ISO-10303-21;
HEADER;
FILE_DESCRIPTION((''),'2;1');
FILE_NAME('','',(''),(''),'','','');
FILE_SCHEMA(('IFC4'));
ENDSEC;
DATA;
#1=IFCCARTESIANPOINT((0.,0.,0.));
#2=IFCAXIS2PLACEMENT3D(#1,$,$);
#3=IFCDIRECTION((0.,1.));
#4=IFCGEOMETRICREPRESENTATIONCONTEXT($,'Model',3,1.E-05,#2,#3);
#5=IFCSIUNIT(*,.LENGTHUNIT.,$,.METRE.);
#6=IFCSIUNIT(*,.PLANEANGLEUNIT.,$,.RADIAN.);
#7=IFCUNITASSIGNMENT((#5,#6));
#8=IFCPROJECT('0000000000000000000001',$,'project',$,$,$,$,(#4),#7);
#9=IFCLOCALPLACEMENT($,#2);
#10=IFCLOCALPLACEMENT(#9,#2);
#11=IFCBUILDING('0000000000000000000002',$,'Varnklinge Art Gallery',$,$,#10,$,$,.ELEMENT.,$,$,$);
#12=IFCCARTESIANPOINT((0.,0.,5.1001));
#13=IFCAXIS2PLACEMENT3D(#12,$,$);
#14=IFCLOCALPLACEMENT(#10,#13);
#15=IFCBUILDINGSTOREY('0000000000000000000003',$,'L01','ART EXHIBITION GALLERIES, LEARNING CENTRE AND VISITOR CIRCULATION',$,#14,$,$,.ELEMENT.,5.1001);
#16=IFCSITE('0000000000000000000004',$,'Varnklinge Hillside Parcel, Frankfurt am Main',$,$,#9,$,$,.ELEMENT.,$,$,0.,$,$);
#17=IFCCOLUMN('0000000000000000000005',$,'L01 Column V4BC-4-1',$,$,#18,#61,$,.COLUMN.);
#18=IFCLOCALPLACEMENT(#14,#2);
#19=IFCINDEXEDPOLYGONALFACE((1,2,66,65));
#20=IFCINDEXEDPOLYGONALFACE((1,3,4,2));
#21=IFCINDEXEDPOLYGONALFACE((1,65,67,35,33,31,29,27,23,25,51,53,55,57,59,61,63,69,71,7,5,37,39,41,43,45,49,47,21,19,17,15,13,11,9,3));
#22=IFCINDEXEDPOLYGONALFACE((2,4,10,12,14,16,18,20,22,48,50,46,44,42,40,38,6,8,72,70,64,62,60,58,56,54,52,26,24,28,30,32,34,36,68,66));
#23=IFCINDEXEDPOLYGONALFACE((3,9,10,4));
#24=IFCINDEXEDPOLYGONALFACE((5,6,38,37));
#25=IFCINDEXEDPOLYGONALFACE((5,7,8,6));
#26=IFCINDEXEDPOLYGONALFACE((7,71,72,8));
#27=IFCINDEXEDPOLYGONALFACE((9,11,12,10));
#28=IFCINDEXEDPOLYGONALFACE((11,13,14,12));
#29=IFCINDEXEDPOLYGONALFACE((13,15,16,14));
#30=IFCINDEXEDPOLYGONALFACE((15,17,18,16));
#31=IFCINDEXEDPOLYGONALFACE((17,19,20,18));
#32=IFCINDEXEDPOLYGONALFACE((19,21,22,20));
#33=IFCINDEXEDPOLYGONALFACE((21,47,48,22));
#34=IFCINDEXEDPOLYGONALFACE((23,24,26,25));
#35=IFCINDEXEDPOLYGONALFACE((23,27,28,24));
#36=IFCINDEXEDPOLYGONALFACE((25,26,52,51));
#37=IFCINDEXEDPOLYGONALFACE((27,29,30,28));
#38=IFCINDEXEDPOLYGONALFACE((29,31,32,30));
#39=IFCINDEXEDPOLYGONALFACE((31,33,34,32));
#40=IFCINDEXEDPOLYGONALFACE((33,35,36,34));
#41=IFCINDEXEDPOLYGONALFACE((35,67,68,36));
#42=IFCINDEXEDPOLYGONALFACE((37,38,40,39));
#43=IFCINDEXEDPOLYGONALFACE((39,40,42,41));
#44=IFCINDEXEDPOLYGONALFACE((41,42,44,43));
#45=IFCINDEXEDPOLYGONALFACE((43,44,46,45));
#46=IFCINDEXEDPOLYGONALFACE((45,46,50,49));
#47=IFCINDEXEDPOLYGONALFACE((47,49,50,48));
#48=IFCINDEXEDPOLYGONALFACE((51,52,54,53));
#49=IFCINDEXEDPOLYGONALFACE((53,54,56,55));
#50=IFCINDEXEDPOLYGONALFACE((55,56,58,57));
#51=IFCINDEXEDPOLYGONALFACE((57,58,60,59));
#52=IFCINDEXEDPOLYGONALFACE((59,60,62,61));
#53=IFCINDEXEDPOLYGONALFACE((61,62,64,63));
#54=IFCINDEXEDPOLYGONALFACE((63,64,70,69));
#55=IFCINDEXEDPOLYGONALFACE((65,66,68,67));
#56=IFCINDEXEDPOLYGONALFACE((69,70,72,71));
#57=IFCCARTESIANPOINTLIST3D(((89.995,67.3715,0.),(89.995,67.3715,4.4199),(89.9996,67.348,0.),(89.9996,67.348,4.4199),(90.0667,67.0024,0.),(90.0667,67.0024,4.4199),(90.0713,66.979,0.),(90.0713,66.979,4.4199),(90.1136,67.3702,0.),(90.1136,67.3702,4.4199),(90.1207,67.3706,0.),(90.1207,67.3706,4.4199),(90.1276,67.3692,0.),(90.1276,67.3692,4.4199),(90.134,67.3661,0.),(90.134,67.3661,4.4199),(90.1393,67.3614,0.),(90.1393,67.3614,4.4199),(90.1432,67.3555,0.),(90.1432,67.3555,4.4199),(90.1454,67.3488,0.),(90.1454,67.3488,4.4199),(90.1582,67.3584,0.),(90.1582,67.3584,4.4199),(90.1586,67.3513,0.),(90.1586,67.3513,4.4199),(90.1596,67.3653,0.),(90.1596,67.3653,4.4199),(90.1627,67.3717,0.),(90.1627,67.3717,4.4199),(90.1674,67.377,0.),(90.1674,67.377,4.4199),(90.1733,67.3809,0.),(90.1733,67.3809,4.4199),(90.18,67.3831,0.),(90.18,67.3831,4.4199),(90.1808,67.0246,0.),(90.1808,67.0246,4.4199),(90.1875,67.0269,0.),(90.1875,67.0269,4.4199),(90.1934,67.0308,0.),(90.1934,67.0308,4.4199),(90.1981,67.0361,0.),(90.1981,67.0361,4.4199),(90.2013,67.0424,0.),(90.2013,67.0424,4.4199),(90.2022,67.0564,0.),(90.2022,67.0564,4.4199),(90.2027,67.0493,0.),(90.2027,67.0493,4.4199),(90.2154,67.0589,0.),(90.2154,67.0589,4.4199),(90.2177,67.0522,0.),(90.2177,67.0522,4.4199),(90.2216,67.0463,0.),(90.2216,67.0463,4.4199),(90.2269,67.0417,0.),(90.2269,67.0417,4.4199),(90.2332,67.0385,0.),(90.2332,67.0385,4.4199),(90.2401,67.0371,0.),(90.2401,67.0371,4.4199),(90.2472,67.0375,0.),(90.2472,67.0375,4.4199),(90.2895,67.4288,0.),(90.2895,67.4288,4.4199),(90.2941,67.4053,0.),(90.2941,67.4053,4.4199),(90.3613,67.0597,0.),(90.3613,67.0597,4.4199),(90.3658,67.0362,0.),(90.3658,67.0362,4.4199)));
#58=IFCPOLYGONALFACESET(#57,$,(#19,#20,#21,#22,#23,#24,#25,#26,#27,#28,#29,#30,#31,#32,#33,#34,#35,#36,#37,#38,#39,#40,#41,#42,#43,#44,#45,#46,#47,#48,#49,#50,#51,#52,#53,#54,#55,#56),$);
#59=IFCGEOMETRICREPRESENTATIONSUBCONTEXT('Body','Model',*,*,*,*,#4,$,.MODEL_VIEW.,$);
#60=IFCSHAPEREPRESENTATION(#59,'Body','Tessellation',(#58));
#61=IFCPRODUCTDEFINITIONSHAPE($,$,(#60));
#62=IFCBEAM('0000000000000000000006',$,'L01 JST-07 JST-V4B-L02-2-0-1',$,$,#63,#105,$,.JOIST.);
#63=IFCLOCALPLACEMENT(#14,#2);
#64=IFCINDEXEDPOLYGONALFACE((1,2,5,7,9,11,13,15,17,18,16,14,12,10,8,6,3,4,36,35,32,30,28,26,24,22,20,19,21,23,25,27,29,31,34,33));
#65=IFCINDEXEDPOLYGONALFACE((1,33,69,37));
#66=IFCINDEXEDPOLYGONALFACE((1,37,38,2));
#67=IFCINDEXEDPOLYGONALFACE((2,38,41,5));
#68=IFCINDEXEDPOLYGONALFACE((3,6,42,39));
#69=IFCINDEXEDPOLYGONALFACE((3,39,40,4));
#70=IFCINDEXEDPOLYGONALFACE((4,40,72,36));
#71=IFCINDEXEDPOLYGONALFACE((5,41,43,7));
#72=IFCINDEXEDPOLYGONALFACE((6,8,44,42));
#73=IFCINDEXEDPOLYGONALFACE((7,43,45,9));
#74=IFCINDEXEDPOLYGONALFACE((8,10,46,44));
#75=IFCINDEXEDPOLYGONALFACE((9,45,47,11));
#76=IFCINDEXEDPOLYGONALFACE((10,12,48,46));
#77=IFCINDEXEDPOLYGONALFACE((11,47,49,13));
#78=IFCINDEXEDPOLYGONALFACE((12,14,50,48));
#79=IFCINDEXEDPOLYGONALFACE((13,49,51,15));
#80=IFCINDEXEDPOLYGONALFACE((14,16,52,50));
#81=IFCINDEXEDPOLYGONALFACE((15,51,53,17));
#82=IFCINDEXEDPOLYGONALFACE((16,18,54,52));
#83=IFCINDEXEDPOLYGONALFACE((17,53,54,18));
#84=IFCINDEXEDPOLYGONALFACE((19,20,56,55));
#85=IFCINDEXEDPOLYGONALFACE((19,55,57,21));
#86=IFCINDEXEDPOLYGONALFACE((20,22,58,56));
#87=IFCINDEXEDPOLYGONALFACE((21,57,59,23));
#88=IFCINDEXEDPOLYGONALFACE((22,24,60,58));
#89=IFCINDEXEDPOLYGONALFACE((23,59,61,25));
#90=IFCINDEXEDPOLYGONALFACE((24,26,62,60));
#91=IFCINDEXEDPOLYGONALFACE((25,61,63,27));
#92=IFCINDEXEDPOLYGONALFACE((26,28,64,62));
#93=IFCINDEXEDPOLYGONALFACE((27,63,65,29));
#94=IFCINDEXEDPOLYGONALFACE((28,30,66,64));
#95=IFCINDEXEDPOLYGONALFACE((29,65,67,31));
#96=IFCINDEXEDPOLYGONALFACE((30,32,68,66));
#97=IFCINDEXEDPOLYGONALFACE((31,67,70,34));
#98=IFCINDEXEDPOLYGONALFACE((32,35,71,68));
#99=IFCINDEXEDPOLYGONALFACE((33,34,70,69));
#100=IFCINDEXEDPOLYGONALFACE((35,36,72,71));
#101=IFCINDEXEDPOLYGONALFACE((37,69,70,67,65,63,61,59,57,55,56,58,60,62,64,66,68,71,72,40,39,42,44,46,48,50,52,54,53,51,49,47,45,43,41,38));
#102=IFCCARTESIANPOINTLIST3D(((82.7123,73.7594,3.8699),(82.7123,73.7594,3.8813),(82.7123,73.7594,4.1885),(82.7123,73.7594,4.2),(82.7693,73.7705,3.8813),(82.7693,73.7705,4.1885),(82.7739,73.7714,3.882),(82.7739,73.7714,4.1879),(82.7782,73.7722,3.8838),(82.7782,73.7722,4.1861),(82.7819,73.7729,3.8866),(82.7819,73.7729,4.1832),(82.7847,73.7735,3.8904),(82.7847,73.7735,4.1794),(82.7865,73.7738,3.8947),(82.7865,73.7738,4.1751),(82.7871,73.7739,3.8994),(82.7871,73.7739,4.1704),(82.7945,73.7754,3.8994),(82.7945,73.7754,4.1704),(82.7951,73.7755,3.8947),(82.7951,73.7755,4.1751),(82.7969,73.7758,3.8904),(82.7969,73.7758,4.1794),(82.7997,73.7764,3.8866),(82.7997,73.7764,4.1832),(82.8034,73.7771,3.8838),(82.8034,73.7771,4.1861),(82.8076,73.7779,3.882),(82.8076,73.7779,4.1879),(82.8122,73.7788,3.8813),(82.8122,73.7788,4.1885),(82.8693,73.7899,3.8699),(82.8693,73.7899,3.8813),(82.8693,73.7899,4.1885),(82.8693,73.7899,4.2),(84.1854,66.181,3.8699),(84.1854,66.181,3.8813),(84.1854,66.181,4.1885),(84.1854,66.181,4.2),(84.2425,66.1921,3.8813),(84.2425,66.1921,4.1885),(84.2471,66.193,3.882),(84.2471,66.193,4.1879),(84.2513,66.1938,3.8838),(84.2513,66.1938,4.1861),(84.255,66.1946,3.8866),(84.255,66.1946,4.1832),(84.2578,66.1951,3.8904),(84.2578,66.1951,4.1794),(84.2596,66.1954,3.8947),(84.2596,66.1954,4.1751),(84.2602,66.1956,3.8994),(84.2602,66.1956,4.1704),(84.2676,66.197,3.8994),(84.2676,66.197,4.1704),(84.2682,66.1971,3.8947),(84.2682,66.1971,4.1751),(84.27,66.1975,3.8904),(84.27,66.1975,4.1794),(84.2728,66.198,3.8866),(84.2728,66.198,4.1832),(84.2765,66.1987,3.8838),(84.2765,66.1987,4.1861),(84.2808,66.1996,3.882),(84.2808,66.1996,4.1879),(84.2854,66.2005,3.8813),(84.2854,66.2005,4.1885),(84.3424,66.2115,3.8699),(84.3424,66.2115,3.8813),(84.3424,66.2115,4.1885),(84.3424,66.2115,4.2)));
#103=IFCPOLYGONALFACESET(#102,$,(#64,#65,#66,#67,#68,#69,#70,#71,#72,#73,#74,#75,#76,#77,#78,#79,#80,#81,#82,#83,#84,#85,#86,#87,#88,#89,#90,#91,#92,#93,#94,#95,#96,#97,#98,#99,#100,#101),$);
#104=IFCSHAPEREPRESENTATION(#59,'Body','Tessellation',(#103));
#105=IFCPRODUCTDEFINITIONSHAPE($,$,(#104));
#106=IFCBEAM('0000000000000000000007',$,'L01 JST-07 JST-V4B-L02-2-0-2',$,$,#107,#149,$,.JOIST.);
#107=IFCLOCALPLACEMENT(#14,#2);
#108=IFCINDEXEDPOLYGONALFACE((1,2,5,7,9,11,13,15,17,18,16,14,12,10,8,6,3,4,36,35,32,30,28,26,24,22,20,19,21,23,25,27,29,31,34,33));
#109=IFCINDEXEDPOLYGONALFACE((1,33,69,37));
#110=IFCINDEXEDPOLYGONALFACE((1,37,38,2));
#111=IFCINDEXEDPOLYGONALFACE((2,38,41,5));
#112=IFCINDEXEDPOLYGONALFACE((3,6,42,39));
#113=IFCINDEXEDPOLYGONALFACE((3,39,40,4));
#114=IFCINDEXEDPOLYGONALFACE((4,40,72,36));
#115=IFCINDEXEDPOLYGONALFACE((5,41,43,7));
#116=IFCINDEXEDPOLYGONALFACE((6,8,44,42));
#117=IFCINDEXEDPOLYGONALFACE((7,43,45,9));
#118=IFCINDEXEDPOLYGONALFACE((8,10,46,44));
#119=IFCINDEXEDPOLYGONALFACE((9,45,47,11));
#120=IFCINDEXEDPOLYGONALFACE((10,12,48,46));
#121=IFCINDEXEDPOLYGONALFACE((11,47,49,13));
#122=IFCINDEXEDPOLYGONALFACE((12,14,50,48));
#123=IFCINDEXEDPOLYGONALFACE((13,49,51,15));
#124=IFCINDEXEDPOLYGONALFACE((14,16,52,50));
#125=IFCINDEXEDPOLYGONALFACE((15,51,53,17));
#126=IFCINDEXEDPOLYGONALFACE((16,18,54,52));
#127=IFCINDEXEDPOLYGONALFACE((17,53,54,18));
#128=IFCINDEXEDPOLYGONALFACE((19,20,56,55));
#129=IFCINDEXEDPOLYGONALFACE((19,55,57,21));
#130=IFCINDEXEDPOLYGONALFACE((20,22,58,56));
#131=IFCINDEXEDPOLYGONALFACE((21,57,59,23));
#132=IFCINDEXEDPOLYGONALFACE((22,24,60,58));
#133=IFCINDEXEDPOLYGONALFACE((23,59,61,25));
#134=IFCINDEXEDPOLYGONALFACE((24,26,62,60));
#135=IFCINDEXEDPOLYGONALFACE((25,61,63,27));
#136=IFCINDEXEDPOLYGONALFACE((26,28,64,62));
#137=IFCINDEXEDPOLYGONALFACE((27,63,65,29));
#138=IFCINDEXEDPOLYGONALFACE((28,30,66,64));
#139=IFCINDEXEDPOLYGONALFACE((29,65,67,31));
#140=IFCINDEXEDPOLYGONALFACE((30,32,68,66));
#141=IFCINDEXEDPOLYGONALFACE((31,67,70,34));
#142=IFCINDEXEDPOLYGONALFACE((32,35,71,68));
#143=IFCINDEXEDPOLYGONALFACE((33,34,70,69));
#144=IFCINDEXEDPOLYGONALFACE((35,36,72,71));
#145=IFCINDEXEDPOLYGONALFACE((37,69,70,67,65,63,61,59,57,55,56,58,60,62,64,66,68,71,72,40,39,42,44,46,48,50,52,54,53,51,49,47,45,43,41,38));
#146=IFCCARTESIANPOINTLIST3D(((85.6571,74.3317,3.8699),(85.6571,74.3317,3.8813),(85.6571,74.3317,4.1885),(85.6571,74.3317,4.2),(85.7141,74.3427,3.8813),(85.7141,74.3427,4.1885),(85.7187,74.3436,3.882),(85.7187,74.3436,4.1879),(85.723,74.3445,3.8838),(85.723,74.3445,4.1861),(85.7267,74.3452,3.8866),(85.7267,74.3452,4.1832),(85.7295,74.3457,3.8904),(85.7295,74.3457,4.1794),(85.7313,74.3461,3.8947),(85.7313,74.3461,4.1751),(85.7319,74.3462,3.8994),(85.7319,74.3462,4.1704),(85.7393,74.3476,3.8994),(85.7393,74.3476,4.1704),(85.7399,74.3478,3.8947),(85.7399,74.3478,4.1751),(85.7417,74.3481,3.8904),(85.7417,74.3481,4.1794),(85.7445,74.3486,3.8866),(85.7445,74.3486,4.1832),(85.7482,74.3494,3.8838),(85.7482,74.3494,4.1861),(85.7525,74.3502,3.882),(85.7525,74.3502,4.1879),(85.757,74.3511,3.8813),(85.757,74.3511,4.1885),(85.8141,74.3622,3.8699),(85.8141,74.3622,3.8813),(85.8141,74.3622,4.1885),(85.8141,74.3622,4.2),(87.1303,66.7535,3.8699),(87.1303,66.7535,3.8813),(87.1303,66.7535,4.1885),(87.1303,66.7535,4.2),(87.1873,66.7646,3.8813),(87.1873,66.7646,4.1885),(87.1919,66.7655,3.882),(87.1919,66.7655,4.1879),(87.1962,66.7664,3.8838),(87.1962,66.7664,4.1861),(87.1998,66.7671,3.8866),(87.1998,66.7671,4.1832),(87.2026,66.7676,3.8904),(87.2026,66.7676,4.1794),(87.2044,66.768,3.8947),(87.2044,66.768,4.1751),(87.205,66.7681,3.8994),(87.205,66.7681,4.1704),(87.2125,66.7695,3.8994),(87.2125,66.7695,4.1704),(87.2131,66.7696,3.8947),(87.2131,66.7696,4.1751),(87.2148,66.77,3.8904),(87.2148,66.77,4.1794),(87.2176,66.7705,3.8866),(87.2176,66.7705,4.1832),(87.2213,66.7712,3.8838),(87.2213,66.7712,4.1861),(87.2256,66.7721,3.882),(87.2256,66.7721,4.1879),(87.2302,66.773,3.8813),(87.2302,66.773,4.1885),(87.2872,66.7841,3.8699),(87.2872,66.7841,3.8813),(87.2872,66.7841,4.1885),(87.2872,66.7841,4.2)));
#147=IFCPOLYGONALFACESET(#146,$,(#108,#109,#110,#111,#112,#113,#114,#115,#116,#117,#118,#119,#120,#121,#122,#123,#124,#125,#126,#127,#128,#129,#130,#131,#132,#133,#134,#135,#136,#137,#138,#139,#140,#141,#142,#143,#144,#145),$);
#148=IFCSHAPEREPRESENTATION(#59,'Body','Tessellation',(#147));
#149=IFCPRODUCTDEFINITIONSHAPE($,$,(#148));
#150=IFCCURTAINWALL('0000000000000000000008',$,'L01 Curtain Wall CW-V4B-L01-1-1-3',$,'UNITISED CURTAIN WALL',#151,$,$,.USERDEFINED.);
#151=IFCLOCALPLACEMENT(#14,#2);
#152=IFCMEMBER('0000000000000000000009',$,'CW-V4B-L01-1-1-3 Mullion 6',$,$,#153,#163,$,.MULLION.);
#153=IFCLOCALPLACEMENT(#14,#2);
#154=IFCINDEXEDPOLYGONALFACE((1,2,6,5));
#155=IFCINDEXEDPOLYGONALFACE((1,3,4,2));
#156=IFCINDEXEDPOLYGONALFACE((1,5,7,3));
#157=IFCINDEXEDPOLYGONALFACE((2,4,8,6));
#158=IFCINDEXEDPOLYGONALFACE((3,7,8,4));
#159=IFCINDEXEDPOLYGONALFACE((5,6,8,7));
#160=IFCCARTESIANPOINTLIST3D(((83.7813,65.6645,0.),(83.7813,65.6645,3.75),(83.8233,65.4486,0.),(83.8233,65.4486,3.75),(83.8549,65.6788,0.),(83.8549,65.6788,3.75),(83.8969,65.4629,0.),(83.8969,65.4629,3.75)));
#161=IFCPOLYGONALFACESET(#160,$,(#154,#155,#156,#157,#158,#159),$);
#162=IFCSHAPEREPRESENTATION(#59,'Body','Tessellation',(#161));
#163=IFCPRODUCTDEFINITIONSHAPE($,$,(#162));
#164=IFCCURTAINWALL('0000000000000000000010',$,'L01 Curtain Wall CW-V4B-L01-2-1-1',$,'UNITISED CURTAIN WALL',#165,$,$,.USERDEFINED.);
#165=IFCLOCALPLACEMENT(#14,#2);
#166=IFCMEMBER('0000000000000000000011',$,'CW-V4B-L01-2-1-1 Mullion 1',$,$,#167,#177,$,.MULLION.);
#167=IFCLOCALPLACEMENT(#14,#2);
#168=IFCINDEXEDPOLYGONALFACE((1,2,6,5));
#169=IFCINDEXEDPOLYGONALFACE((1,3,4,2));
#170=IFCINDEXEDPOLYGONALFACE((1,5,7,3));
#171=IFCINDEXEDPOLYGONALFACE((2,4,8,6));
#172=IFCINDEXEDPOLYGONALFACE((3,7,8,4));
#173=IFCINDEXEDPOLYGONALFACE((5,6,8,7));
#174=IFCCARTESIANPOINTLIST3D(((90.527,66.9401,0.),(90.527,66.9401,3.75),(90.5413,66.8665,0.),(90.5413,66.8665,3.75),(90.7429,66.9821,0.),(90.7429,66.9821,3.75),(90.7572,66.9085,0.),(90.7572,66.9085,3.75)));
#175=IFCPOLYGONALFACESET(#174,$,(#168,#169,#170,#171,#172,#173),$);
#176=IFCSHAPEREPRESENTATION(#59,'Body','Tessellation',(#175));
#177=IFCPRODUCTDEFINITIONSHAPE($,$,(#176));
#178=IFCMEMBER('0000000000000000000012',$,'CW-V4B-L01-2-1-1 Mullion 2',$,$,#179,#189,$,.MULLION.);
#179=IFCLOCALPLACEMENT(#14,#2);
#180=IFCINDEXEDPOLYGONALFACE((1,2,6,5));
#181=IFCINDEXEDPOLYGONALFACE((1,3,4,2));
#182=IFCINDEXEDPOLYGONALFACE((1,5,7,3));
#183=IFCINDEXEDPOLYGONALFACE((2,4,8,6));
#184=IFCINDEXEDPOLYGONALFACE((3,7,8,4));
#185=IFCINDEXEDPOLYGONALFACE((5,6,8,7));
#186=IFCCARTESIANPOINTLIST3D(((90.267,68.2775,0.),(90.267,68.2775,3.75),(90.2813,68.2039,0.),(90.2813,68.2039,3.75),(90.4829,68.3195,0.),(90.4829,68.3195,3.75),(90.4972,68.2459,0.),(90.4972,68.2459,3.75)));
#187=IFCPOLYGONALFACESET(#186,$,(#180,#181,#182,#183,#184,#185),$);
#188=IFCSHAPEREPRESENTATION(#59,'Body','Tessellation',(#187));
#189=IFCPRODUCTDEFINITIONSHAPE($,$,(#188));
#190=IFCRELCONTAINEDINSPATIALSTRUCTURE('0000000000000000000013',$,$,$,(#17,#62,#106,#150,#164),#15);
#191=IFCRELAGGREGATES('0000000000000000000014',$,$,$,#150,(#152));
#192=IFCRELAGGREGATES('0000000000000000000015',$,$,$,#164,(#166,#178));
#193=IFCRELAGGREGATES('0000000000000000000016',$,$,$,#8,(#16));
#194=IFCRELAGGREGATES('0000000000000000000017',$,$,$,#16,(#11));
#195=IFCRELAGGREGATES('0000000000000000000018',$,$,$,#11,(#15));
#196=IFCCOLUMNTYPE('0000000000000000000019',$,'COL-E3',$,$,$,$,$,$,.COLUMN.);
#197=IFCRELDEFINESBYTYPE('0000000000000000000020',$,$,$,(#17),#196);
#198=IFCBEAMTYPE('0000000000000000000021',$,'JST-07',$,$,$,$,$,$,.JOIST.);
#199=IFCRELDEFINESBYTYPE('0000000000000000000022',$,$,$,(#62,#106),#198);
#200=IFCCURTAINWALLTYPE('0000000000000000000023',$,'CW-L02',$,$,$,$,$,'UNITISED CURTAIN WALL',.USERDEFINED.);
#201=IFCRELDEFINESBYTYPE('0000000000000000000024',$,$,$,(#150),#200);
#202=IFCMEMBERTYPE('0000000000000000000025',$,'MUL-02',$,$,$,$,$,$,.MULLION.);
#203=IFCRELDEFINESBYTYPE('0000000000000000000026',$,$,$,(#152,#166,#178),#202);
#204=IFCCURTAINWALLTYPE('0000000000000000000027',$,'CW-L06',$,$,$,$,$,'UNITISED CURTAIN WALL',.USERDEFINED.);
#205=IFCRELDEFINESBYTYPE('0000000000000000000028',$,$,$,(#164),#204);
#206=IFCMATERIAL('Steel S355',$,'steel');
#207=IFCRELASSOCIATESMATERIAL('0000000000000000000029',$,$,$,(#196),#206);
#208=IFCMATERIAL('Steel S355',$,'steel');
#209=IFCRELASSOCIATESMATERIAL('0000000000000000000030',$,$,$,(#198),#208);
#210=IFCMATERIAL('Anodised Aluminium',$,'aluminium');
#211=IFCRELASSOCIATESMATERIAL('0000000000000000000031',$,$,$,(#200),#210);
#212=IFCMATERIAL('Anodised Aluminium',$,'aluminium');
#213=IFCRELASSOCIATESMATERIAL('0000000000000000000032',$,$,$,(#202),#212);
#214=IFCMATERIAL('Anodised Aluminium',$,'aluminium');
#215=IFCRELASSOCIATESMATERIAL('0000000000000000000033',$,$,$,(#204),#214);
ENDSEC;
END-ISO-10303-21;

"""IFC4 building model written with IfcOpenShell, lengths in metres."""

from ifc_helpers import new_model, si_unit, direction, frame, origin, origin_2d, place, context, subcontext, project, spatial, rectangle, i_section, extrude, material, material_profile, profile_set, type_object, element, aggregate, save


model = new_model("IFC4")

# Units and contexts
model_context = context("Model", 3, precision=1e-05, world=origin(), true_north=direction((0.0, 1.0)))
body_context = subcontext(model_context, "Body", "Model", "MODEL_VIEW")
ifc_project = project(units=[si_unit("LENGTHUNIT", "METRE"), si_unit("PLANEANGLEUNIT", "RADIAN")], contexts=[model_context])

# Site, building, storey
site_placement = place(None, origin())
site = spatial("IfcSite", under=ifc_project, at=site_placement, Name="Varnklinge Hillside Parcel, Frankfurt am Main", CompositionType="ELEMENT", RefElevation=0.0)
building_placement = place(site_placement, origin())
building = spatial("IfcBuilding", under=site, at=building_placement, Name="Varnklinge Art Gallery", CompositionType="ELEMENT")
storey_placement = place(building_placement, frame((0.0, 0.0, 5.1001)))
storey = spatial("IfcBuildingStorey", under=building, at=storey_placement, Name="L01", Description="ART EXHIBITION GALLERIES, LEARNING CENTRE AND VISITOR CIRCULATION", CompositionType="ELEMENT", Elevation=5.1001)

# Column
ifc_material_1 = material(Name="Steel S355", Category="steel")
ifc_material_profile_1 = material_profile(ifc_material_1, i_section(OverallWidth=0.3, OverallDepth=0.3999, WebThickness=0.0134, FlangeThickness=0.0239, FilletRadius=0.0271, at=origin_2d()), Name="HEB 400")
ifc_profile_set_1 = profile_set([ifc_material_profile_1], Name="Steel S355")
column_type = type_object("IfcColumnType", Name="COL-E3", PredefinedType="COLUMN", material=ifc_profile_set_1)
column_placement = place(storey_placement, frame((90.1804, 67.2039, 0.0), z_axis=(0.0, 0.0, 1.0), x_axis=(0.981627, 0.190809, 0.0)))
element("IfcColumn", 1, at=column_placement, inside=storey, type_object=column_type, Name="L01 Column V4BC-4-1", PredefinedType="COLUMN", context=body_context, shape_type="SweptSolid", body=[
    extrude(i_section(OverallWidth=0.3, OverallDepth=0.3999, WebThickness=0.0134, FlangeThickness=0.0239, FilletRadius=0.0271, at=origin_2d()), origin(), (0.0, 0.0, 1.0), 4.4199),
])

# Beams
ifc_material_2 = material(Name="Steel S355", Category="steel")
ifc_material_profile_2 = material_profile(ifc_material_2, i_section(OverallWidth=0.1599, OverallDepth=0.3301, WebThickness=0.0076, FlangeThickness=0.0115, FilletRadius=0.0181, at=origin_2d()), Name="IPE 330")
ifc_profile_set_2 = profile_set([ifc_material_profile_2], Name="Steel S355")
beam_type_1 = type_object("IfcBeamType", Name="JST-07", PredefinedType="JOIST", material=ifc_profile_set_2)
beam_1_placement = place(storey_placement, frame((84.2639, 66.1963, 4.0349), z_axis=(-0.190816, 0.981626, 0.0), x_axis=(-0.981626, -0.190816, 0.0)))
element("IfcBeam", 2, at=beam_1_placement, inside=storey, type_object=beam_type_1, Name="L01 JST-07 JST-V4B-L02-2-0-1", PredefinedType="JOIST", context=body_context, shape_type="SweptSolid", body=[
    extrude(i_section(OverallWidth=0.1599, OverallDepth=0.3301, WebThickness=0.0076, FlangeThickness=0.0115, FilletRadius=0.0181, at=origin_2d()), origin(), (0.0, 0.0, 1.0), 7.7202),
])
beam_2_placement = place(storey_placement, frame((87.2087, 66.7688, 4.0349), z_axis=(-0.190822, 0.981625, 0.0), x_axis=(-0.981625, -0.190822, 0.0)))
element("IfcBeam", 3, at=beam_2_placement, inside=storey, type_object=beam_type_1, Name="L01 JST-07 JST-V4B-L02-2-0-2", PredefinedType="JOIST", context=body_context, shape_type="SweptSolid", body=[
    extrude(i_section(OverallWidth=0.1599, OverallDepth=0.3301, WebThickness=0.0076, FlangeThickness=0.0115, FilletRadius=0.0181, at=origin_2d()), origin(), (0.0, 0.0, 1.0), 7.72),
])

# Curtain wall, member
ifc_material_3 = material(Name="Anodised Aluminium", Category="aluminium")
curtain_wall_type_1 = type_object("IfcCurtainWallType", Name="CW-L02", ElementType="UNITISED CURTAIN WALL", PredefinedType="USERDEFINED", material=ifc_material_3)
curtain_wall_1_placement = place(storey_placement, origin())
curtain_wall_1 = element("IfcCurtainWall", 4, at=curtain_wall_1_placement, inside=storey, type_object=curtain_wall_type_1, Name="L01 Curtain Wall CW-V4B-L01-1-1-3", ObjectType="UNITISED CURTAIN WALL", PredefinedType="USERDEFINED")
ifc_material_4 = material(Name="Anodised Aluminium", Category="aluminium")
ifc_material_profile_3 = material_profile(ifc_material_4, rectangle(XDim=0.075, YDim=0.22, at=origin_2d()), Name="ALU 75x220")
ifc_profile_set_3 = profile_set([ifc_material_profile_3], Name="Anodised Aluminium")
member_type_1 = type_object("IfcMemberType", Name="MUL-02", PredefinedType="MULLION", material=ifc_profile_set_3)
member_1_placement = place(storey_placement, frame((83.8391, 65.5637, 0.0), z_axis=(0.0, 0.0, 1.0), x_axis=(0.981627, 0.190809, 0.0)))
member_1 = element("IfcMember", 5, at=member_1_placement, type_object=member_type_1, Name="CW-V4B-L01-1-1-3 Mullion 6", PredefinedType="MULLION", context=body_context, shape_type="SweptSolid", body=[
    extrude(rectangle(XDim=0.075, YDim=0.22, at=origin_2d()), origin(), (0.0, 0.0, 1.0), 3.75),
])
aggregate(curtain_wall_1, [member_1])

# Curtain wall, members
ifc_material_5 = material(Name="Anodised Aluminium", Category="aluminium")
curtain_wall_type_2 = type_object("IfcCurtainWallType", Name="CW-L06", ElementType="UNITISED CURTAIN WALL", PredefinedType="USERDEFINED", material=ifc_material_5)
curtain_wall_2_placement = place(storey_placement, origin())
curtain_wall_2 = element("IfcCurtainWall", 6, at=curtain_wall_2_placement, inside=storey, type_object=curtain_wall_type_2, Name="L01 Curtain Wall CW-V4B-L01-2-1-1", ObjectType="UNITISED CURTAIN WALL", PredefinedType="USERDEFINED")
member_2_placement = place(storey_placement, frame((90.6421, 66.9243, 0.0), z_axis=(0.0, 0.0, 1.0), x_axis=(-0.190809, 0.981627, 0.0)))
member_2 = element("IfcMember", 7, at=member_2_placement, type_object=member_type_1, Name="CW-V4B-L01-2-1-1 Mullion 1", PredefinedType="MULLION", context=body_context, shape_type="SweptSolid", body=[
    extrude(rectangle(XDim=0.075, YDim=0.22, at=origin_2d()), origin(), (0.0, 0.0, 1.0), 3.75),
])
member_3_placement = place(storey_placement, frame((90.3821, 68.2617, 0.0), z_axis=(0.0, 0.0, 1.0), x_axis=(-0.190809, 0.981627, 0.0)))
member_3 = element("IfcMember", 8, at=member_3_placement, type_object=member_type_1, Name="CW-V4B-L01-2-1-1 Mullion 2", PredefinedType="MULLION", context=body_context, shape_type="SweptSolid", body=[
    extrude(rectangle(XDim=0.075, YDim=0.22, at=origin_2d()), origin(), (0.0, 0.0, 1.0), 3.75),
])

aggregate(curtain_wall_2, [member_2, member_3])

save(model, "model.ifc")
